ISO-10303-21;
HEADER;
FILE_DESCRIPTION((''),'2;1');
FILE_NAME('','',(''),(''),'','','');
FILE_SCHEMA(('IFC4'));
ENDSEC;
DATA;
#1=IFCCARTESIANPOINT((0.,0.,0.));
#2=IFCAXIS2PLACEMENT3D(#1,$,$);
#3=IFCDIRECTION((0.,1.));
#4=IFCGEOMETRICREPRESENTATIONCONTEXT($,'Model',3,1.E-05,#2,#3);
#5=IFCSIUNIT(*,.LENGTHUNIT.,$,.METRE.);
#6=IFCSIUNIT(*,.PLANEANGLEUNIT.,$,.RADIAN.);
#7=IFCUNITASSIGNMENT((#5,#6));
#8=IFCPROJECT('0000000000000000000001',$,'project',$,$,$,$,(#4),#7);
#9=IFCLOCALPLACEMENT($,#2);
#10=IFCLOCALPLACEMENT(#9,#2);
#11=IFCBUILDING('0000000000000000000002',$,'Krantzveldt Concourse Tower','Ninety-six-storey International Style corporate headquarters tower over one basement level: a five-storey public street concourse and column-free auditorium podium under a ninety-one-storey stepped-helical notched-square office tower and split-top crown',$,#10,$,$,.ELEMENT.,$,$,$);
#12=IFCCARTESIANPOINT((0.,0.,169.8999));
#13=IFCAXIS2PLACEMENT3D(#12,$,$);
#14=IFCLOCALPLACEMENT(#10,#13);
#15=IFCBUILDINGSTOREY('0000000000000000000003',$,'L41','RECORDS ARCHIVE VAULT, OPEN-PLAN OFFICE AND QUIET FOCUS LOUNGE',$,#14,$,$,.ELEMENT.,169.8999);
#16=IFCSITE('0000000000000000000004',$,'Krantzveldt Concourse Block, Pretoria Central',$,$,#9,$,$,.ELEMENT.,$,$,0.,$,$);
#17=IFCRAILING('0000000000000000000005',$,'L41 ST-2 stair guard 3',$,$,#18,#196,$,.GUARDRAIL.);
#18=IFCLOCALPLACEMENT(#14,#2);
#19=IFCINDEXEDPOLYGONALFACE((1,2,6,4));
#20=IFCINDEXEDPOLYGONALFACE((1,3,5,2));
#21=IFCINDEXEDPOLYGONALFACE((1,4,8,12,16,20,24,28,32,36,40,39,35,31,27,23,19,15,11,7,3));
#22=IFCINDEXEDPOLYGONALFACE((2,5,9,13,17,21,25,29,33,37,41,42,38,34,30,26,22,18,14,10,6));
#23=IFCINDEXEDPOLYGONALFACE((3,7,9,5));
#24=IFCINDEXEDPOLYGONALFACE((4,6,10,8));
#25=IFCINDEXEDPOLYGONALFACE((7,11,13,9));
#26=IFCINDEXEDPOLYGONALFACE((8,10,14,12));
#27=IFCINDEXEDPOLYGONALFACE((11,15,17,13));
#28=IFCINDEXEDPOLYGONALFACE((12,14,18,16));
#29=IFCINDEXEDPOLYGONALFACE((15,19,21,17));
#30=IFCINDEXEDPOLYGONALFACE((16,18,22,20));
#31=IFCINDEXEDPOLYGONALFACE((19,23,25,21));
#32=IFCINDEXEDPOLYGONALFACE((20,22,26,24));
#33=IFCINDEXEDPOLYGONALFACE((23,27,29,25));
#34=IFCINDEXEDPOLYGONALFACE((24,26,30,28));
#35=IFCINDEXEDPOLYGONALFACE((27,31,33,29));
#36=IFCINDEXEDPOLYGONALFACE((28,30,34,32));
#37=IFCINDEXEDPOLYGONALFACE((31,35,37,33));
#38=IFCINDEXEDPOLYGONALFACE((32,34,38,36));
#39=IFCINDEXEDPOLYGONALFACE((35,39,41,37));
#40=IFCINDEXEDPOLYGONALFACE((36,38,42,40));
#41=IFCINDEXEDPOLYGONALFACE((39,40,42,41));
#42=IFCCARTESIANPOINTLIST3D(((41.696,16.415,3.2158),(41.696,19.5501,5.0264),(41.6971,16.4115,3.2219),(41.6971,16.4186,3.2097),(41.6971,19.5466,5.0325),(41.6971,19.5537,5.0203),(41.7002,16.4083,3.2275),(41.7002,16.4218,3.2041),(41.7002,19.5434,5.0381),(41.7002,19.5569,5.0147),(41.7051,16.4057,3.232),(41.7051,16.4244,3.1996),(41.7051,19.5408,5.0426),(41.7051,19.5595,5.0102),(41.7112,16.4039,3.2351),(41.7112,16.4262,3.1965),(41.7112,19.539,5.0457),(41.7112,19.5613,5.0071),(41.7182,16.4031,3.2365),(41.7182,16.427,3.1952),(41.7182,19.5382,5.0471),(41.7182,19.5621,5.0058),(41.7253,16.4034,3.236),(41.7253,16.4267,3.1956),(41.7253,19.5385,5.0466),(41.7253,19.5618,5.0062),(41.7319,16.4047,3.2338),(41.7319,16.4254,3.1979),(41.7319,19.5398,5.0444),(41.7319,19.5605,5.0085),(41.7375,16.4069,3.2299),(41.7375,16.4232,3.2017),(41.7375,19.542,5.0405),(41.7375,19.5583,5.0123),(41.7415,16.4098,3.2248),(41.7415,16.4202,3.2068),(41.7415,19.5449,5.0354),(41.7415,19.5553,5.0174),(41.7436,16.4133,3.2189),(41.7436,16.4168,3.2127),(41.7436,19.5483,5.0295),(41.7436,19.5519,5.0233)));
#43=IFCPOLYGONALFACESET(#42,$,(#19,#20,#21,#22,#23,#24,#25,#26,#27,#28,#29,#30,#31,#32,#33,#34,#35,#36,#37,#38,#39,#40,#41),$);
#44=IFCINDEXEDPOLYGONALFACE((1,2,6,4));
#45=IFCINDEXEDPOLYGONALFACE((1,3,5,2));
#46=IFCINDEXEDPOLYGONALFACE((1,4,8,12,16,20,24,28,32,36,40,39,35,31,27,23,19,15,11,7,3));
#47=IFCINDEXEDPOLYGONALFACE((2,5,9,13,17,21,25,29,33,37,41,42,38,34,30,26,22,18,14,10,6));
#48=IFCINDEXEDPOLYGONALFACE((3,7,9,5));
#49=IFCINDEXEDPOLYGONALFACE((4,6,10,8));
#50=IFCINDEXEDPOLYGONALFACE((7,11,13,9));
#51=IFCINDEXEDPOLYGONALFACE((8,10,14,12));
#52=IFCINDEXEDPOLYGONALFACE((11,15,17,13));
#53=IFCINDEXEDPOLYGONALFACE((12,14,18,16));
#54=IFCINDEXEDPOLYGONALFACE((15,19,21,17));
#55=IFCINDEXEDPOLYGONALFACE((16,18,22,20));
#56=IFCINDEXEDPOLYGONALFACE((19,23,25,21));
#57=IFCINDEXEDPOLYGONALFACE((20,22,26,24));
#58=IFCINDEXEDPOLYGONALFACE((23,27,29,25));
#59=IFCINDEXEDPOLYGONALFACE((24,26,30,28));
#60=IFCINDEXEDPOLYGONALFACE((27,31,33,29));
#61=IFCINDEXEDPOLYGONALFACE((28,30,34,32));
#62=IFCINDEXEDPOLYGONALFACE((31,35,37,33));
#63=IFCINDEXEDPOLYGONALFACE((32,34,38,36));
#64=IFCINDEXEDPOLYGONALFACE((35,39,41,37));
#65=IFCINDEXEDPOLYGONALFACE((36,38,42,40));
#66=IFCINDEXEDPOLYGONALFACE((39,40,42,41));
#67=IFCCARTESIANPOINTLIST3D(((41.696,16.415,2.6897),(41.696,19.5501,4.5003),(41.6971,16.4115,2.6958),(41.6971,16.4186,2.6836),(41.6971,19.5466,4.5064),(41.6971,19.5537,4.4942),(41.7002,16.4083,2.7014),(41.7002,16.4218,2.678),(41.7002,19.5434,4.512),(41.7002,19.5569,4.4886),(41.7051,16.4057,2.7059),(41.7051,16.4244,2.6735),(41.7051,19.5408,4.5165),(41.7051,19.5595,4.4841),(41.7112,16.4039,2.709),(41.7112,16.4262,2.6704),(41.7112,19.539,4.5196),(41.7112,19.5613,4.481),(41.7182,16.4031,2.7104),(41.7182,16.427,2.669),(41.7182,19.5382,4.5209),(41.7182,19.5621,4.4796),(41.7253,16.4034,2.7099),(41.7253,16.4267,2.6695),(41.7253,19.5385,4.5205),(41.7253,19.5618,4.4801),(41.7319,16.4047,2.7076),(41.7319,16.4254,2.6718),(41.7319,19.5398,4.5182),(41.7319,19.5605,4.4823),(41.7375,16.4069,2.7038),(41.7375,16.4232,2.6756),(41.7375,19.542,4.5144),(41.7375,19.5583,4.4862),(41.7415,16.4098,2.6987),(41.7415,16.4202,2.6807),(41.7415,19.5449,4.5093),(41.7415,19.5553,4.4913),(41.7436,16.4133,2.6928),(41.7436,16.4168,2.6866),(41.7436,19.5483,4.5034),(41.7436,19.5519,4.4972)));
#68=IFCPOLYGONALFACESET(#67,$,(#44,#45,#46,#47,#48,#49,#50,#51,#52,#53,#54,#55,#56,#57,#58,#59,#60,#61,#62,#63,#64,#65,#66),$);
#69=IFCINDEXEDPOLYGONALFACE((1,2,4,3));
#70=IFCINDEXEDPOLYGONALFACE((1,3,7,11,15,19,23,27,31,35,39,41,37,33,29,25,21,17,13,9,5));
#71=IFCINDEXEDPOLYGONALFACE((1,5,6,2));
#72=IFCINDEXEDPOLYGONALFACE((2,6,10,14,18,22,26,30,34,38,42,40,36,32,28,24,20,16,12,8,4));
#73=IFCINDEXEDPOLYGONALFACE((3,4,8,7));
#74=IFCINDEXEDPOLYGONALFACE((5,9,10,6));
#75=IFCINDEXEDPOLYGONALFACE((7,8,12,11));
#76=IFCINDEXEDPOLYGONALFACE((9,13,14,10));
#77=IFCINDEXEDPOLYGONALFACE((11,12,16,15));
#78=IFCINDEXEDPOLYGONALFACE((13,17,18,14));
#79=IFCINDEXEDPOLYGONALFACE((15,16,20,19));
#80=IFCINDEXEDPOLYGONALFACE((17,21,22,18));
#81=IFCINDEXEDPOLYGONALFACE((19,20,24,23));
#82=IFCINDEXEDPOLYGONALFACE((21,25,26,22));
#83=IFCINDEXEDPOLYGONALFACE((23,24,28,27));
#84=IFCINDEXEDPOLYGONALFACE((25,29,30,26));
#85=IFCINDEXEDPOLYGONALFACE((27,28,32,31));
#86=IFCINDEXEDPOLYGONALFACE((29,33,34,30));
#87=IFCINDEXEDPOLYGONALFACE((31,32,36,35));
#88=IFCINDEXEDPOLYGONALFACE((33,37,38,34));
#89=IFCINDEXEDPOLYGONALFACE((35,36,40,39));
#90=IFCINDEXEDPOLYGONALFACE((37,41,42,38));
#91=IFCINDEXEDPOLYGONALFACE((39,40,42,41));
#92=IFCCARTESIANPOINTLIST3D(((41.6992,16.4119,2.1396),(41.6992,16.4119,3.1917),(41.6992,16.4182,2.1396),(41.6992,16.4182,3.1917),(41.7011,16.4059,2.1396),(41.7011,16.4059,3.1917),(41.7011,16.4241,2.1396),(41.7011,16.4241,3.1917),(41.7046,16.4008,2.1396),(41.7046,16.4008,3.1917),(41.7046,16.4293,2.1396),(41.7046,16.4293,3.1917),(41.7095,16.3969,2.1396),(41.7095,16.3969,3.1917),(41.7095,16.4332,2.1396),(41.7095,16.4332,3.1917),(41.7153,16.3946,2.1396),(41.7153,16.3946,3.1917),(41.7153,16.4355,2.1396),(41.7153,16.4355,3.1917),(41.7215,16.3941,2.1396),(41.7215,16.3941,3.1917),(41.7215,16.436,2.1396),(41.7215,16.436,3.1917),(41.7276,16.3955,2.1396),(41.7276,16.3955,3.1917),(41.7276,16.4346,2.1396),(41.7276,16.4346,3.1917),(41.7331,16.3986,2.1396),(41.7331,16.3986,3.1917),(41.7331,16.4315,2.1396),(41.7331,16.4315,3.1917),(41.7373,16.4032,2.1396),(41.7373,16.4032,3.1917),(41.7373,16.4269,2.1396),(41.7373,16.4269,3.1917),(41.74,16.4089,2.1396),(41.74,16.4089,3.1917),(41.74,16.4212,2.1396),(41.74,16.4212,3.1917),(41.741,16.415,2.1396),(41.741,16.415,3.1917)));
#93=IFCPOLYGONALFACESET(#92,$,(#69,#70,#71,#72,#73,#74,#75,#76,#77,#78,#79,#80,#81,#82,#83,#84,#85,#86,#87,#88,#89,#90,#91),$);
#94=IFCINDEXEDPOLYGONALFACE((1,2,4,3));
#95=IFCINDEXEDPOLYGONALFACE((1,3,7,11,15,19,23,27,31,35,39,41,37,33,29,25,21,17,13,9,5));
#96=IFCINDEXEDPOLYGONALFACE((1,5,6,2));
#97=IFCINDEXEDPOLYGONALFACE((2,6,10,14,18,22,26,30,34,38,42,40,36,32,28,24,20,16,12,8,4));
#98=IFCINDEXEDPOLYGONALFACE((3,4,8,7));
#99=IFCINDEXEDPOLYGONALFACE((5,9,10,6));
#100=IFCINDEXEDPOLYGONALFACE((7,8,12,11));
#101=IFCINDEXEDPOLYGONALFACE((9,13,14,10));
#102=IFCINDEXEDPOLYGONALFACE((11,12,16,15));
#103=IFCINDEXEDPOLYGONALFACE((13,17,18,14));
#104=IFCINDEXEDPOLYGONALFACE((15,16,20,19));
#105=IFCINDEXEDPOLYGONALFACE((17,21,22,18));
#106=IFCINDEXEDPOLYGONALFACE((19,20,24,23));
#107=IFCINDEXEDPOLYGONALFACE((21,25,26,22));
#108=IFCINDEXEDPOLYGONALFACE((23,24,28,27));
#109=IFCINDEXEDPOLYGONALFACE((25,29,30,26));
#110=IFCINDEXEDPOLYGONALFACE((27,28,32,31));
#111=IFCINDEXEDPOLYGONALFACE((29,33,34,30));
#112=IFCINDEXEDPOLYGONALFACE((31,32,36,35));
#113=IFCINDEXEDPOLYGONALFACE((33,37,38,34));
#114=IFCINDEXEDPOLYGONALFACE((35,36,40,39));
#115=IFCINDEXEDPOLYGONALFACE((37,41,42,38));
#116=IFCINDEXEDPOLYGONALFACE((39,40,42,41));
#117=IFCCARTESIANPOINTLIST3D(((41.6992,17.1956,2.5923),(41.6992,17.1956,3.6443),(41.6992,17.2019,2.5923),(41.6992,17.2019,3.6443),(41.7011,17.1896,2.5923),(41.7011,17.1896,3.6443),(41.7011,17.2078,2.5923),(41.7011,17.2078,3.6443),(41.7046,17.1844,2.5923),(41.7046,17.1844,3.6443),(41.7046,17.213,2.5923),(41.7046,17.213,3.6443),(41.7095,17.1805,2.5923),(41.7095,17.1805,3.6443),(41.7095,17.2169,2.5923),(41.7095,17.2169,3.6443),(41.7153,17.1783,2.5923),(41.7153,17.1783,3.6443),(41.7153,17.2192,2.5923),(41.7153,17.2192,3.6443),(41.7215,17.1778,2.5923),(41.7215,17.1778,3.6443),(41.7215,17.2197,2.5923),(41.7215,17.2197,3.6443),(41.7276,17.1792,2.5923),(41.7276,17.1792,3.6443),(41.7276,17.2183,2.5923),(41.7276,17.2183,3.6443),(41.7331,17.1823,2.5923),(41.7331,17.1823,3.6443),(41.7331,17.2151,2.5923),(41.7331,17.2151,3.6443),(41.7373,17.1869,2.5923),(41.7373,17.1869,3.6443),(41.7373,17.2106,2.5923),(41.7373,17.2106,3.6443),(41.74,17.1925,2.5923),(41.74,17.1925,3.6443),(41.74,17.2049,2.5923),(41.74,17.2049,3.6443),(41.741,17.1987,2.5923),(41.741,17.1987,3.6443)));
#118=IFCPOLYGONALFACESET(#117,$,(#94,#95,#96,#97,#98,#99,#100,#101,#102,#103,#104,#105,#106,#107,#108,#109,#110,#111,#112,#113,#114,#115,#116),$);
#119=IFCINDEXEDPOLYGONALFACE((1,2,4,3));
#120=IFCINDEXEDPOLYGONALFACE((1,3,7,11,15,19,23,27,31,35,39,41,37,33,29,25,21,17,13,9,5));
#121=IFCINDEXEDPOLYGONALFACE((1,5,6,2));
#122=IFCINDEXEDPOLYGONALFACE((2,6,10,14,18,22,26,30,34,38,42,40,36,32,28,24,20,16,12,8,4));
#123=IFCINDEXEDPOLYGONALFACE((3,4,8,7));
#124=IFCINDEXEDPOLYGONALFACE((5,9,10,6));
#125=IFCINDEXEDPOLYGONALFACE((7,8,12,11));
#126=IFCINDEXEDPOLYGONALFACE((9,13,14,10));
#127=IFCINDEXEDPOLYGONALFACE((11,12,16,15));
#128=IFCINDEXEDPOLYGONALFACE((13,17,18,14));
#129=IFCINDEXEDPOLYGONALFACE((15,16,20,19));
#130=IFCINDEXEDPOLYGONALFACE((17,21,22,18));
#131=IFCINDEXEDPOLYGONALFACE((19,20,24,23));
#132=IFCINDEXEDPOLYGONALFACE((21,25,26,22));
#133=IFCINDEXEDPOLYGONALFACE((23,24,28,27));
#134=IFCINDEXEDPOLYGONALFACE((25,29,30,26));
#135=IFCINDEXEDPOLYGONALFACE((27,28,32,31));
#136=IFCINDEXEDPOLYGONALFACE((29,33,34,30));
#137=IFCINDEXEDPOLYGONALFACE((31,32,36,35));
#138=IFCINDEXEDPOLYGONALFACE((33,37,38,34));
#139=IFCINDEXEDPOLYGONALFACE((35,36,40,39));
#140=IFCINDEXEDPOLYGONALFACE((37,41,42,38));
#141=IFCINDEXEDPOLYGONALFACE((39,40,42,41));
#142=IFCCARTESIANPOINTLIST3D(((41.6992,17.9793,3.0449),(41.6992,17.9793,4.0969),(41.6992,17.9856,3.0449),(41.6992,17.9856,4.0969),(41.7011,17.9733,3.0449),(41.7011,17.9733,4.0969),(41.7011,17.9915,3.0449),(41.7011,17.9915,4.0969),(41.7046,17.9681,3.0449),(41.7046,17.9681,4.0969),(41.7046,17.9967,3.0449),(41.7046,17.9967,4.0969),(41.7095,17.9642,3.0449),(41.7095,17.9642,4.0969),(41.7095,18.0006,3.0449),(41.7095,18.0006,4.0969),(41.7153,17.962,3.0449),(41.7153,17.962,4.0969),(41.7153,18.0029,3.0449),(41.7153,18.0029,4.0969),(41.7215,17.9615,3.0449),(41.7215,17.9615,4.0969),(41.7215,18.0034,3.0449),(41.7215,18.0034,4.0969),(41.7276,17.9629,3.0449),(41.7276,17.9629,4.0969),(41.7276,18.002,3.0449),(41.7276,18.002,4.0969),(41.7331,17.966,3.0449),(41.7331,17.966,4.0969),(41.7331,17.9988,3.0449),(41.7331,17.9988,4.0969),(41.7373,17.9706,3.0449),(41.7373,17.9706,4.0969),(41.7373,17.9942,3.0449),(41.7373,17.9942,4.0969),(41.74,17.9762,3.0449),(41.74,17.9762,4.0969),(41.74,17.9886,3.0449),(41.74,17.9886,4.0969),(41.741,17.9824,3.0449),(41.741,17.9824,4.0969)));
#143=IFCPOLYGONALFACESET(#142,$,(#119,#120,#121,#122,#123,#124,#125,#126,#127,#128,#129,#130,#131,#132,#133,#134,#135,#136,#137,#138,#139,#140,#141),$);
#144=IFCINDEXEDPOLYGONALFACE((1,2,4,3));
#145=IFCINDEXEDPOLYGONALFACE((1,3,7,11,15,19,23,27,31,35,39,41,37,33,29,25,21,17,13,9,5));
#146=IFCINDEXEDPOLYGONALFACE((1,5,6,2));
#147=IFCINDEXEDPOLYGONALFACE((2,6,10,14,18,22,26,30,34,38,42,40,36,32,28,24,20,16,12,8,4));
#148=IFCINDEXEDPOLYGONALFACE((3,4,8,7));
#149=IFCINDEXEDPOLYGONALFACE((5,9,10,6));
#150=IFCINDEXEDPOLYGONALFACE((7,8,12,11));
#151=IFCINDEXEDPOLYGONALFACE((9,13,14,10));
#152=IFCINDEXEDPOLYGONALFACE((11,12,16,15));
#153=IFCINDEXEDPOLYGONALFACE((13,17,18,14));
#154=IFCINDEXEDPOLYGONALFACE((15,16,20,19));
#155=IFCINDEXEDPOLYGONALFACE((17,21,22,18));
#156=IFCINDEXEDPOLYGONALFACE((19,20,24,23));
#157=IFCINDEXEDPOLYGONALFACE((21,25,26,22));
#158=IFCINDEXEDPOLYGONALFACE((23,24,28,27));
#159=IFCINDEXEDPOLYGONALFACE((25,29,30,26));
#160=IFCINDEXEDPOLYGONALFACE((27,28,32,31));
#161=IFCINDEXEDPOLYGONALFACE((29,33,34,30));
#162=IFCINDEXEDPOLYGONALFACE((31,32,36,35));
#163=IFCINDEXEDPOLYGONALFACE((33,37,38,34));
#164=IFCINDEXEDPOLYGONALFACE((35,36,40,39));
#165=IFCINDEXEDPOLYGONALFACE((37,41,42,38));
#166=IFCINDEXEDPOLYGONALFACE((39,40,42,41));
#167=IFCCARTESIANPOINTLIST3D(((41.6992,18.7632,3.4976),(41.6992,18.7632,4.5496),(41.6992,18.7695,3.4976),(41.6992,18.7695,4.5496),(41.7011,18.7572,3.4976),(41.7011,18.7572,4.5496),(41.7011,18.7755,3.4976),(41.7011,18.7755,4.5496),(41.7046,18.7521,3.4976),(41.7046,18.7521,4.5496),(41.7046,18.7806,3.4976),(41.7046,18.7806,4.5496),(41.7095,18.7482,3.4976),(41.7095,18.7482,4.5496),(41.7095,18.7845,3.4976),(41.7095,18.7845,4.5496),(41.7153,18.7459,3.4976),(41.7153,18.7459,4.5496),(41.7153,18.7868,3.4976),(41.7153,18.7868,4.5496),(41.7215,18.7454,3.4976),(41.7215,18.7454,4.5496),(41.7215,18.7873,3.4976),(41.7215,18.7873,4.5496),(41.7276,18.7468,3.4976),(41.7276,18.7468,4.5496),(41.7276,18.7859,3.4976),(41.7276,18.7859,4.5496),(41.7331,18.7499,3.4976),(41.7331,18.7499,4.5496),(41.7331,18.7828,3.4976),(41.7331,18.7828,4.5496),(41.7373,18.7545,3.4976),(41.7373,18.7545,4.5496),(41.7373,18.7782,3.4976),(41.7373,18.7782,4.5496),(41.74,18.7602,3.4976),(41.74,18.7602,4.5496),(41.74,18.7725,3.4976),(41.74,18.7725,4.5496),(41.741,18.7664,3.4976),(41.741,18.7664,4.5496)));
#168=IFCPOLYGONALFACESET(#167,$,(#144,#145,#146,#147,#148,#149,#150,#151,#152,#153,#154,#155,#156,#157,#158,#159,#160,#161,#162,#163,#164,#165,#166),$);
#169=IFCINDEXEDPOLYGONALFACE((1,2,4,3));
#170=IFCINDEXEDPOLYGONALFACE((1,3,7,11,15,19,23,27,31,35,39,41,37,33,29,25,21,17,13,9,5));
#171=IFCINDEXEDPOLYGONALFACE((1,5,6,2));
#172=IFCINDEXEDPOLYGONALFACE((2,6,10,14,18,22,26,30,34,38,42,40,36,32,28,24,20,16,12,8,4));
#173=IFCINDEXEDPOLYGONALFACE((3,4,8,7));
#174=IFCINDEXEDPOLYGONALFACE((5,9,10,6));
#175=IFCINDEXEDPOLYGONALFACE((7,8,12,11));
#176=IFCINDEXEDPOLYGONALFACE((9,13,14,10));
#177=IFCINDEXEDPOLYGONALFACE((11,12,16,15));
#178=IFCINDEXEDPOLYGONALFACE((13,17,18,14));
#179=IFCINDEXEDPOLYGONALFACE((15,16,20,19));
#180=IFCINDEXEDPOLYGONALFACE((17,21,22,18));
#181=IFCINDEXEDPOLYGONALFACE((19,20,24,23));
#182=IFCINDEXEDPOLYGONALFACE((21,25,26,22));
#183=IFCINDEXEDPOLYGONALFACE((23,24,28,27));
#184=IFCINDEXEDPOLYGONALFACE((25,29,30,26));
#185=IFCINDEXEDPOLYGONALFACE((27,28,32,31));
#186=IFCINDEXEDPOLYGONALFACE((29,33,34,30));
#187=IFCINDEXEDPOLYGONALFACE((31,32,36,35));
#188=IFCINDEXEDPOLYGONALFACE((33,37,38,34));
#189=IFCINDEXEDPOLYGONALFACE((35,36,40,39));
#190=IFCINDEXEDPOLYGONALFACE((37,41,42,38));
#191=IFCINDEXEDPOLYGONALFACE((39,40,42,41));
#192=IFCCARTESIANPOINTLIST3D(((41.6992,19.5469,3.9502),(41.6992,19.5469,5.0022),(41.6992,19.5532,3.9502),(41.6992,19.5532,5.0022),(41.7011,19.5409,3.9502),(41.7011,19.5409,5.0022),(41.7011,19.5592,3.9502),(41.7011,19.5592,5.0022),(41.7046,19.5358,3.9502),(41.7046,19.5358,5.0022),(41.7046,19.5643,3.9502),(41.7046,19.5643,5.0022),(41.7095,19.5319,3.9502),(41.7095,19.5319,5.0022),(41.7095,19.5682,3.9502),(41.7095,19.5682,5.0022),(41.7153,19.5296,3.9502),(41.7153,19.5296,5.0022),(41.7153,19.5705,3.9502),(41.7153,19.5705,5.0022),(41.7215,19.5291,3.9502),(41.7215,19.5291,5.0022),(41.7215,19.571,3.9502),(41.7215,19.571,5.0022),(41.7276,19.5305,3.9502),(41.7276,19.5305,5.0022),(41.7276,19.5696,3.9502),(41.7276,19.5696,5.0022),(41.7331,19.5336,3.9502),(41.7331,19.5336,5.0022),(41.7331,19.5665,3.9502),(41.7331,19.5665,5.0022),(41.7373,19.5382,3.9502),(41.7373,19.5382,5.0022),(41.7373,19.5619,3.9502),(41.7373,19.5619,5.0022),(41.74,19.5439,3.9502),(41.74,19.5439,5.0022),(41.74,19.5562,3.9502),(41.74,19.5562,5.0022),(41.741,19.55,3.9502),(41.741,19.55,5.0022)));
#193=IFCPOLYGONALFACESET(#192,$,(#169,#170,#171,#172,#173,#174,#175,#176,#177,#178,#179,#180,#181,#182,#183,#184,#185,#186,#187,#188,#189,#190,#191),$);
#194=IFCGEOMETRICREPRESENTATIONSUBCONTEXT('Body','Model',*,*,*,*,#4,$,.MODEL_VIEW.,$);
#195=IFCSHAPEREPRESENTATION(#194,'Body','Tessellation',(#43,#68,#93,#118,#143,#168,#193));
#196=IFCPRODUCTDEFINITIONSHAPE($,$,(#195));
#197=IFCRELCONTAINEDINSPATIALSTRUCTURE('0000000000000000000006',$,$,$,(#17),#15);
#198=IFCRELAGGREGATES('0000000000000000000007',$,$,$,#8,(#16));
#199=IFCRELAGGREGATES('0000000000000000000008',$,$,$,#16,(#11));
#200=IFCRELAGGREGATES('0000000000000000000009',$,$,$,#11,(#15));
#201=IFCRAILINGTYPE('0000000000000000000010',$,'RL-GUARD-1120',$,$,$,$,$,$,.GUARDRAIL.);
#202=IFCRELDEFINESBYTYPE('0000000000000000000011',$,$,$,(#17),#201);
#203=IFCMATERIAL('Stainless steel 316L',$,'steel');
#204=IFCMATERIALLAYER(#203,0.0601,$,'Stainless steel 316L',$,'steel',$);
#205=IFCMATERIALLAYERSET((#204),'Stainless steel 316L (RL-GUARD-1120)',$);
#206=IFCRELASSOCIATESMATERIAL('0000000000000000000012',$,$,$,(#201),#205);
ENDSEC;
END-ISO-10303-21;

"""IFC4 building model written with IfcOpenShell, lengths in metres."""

from ifc_helpers import new_model, si_unit, direction, frame, origin, origin_2d, place, context, subcontext, project, spatial, circle, extrude, material, layer, layer_set, type_object, element, save


model = new_model("IFC4")

# Units and contexts
model_context = context("Model", 3, precision=1e-05, world=origin(), true_north=direction((0.0, 1.0)))
body_context = subcontext(model_context, "Body", "Model", "MODEL_VIEW")
ifc_project = project(units=[si_unit("LENGTHUNIT", "METRE"), si_unit("PLANEANGLEUNIT", "RADIAN")], contexts=[model_context])

# Site, building, storey
site_placement = place(None, origin())
site = spatial("IfcSite", under=ifc_project, at=site_placement, Name="Krantzveldt Concourse Block, Pretoria Central", CompositionType="ELEMENT", RefElevation=0.0)
building_placement = place(site_placement, origin())
building = spatial("IfcBuilding", under=site, at=building_placement, Name="Krantzveldt Concourse Tower", Description="Ninety-six-storey International Style corporate headquarters tower over one basement level: a five-storey public street concourse and column-free auditorium podium under a ninety-one-storey stepped-helical notched-square office tower and split-top crown", CompositionType="ELEMENT")
storey_placement = place(building_placement, frame((0.0, 0.0, 169.8999)))
storey = spatial("IfcBuildingStorey", under=building, at=storey_placement, Name="L41", Description="RECORDS ARCHIVE VAULT, OPEN-PLAN OFFICE AND QUIET FOCUS LOUNGE", CompositionType="ELEMENT", Elevation=169.8999)

# Railing
ifc_material_1 = material(Name="Stainless steel 316L", Category="steel")
ifc_layer_1 = layer(ifc_material_1, 0.0601, Name="Stainless steel 316L", Category="steel")
ifc_layer_set_1 = layer_set([ifc_layer_1], Name="Stainless steel 316L (RL-GUARD-1120)")
railing_type_1 = type_object("IfcRailingType", Name="RL-GUARD-1120", PredefinedType="GUARDRAIL", material=ifc_layer_set_1)
railing_1_placement = place(storey_placement, frame((41.72, 16.415, 2.1396)))
element("IfcRailing", 1, at=railing_1_placement, inside=storey, type_object=railing_type_1, Name="L41 ST-2 stair guard 3", PredefinedType="GUARDRAIL", context=body_context, shape_type="SweptSolid", body=[
    extrude(circle(Radius=0.0239, at=origin_2d()), frame((0.0, 0.0, 1.0762), z_axis=(0.0, 0.86596, 0.500114), x_axis=(-1.0, 0.0, 0.0)), (0.0, 0.0, 1.0), 3.6204),
    extrude(circle(Radius=0.0239, at=origin_2d()), frame((0.0, 0.0, 0.55), z_axis=(0.0, 0.86596, 0.500114), x_axis=(-1.0, 0.0, 0.0)), (0.0, 0.0, 1.0), 3.6204),
    extrude(circle(Radius=0.021, at=origin_2d()), origin(), (0.0, 0.0, 1.0), 1.052),
    extrude(circle(Radius=0.021, at=origin_2d()), frame((0.0, 0.7837, 0.4526)), (0.0, 0.0, 1.0), 1.052),
    extrude(circle(Radius=0.021, at=origin_2d()), frame((0.0, 1.5674, 0.9053)), (0.0, 0.0, 1.0), 1.052),
    extrude(circle(Radius=0.021, at=origin_2d()), frame((0.0, 2.3513, 1.3579)), (0.0, 0.0, 1.0), 1.052),
    extrude(circle(Radius=0.021, at=origin_2d()), frame((0.0, 3.135, 1.8105)), (0.0, 0.0, 1.0), 1.052),
])

save(model, "model.ifc")
